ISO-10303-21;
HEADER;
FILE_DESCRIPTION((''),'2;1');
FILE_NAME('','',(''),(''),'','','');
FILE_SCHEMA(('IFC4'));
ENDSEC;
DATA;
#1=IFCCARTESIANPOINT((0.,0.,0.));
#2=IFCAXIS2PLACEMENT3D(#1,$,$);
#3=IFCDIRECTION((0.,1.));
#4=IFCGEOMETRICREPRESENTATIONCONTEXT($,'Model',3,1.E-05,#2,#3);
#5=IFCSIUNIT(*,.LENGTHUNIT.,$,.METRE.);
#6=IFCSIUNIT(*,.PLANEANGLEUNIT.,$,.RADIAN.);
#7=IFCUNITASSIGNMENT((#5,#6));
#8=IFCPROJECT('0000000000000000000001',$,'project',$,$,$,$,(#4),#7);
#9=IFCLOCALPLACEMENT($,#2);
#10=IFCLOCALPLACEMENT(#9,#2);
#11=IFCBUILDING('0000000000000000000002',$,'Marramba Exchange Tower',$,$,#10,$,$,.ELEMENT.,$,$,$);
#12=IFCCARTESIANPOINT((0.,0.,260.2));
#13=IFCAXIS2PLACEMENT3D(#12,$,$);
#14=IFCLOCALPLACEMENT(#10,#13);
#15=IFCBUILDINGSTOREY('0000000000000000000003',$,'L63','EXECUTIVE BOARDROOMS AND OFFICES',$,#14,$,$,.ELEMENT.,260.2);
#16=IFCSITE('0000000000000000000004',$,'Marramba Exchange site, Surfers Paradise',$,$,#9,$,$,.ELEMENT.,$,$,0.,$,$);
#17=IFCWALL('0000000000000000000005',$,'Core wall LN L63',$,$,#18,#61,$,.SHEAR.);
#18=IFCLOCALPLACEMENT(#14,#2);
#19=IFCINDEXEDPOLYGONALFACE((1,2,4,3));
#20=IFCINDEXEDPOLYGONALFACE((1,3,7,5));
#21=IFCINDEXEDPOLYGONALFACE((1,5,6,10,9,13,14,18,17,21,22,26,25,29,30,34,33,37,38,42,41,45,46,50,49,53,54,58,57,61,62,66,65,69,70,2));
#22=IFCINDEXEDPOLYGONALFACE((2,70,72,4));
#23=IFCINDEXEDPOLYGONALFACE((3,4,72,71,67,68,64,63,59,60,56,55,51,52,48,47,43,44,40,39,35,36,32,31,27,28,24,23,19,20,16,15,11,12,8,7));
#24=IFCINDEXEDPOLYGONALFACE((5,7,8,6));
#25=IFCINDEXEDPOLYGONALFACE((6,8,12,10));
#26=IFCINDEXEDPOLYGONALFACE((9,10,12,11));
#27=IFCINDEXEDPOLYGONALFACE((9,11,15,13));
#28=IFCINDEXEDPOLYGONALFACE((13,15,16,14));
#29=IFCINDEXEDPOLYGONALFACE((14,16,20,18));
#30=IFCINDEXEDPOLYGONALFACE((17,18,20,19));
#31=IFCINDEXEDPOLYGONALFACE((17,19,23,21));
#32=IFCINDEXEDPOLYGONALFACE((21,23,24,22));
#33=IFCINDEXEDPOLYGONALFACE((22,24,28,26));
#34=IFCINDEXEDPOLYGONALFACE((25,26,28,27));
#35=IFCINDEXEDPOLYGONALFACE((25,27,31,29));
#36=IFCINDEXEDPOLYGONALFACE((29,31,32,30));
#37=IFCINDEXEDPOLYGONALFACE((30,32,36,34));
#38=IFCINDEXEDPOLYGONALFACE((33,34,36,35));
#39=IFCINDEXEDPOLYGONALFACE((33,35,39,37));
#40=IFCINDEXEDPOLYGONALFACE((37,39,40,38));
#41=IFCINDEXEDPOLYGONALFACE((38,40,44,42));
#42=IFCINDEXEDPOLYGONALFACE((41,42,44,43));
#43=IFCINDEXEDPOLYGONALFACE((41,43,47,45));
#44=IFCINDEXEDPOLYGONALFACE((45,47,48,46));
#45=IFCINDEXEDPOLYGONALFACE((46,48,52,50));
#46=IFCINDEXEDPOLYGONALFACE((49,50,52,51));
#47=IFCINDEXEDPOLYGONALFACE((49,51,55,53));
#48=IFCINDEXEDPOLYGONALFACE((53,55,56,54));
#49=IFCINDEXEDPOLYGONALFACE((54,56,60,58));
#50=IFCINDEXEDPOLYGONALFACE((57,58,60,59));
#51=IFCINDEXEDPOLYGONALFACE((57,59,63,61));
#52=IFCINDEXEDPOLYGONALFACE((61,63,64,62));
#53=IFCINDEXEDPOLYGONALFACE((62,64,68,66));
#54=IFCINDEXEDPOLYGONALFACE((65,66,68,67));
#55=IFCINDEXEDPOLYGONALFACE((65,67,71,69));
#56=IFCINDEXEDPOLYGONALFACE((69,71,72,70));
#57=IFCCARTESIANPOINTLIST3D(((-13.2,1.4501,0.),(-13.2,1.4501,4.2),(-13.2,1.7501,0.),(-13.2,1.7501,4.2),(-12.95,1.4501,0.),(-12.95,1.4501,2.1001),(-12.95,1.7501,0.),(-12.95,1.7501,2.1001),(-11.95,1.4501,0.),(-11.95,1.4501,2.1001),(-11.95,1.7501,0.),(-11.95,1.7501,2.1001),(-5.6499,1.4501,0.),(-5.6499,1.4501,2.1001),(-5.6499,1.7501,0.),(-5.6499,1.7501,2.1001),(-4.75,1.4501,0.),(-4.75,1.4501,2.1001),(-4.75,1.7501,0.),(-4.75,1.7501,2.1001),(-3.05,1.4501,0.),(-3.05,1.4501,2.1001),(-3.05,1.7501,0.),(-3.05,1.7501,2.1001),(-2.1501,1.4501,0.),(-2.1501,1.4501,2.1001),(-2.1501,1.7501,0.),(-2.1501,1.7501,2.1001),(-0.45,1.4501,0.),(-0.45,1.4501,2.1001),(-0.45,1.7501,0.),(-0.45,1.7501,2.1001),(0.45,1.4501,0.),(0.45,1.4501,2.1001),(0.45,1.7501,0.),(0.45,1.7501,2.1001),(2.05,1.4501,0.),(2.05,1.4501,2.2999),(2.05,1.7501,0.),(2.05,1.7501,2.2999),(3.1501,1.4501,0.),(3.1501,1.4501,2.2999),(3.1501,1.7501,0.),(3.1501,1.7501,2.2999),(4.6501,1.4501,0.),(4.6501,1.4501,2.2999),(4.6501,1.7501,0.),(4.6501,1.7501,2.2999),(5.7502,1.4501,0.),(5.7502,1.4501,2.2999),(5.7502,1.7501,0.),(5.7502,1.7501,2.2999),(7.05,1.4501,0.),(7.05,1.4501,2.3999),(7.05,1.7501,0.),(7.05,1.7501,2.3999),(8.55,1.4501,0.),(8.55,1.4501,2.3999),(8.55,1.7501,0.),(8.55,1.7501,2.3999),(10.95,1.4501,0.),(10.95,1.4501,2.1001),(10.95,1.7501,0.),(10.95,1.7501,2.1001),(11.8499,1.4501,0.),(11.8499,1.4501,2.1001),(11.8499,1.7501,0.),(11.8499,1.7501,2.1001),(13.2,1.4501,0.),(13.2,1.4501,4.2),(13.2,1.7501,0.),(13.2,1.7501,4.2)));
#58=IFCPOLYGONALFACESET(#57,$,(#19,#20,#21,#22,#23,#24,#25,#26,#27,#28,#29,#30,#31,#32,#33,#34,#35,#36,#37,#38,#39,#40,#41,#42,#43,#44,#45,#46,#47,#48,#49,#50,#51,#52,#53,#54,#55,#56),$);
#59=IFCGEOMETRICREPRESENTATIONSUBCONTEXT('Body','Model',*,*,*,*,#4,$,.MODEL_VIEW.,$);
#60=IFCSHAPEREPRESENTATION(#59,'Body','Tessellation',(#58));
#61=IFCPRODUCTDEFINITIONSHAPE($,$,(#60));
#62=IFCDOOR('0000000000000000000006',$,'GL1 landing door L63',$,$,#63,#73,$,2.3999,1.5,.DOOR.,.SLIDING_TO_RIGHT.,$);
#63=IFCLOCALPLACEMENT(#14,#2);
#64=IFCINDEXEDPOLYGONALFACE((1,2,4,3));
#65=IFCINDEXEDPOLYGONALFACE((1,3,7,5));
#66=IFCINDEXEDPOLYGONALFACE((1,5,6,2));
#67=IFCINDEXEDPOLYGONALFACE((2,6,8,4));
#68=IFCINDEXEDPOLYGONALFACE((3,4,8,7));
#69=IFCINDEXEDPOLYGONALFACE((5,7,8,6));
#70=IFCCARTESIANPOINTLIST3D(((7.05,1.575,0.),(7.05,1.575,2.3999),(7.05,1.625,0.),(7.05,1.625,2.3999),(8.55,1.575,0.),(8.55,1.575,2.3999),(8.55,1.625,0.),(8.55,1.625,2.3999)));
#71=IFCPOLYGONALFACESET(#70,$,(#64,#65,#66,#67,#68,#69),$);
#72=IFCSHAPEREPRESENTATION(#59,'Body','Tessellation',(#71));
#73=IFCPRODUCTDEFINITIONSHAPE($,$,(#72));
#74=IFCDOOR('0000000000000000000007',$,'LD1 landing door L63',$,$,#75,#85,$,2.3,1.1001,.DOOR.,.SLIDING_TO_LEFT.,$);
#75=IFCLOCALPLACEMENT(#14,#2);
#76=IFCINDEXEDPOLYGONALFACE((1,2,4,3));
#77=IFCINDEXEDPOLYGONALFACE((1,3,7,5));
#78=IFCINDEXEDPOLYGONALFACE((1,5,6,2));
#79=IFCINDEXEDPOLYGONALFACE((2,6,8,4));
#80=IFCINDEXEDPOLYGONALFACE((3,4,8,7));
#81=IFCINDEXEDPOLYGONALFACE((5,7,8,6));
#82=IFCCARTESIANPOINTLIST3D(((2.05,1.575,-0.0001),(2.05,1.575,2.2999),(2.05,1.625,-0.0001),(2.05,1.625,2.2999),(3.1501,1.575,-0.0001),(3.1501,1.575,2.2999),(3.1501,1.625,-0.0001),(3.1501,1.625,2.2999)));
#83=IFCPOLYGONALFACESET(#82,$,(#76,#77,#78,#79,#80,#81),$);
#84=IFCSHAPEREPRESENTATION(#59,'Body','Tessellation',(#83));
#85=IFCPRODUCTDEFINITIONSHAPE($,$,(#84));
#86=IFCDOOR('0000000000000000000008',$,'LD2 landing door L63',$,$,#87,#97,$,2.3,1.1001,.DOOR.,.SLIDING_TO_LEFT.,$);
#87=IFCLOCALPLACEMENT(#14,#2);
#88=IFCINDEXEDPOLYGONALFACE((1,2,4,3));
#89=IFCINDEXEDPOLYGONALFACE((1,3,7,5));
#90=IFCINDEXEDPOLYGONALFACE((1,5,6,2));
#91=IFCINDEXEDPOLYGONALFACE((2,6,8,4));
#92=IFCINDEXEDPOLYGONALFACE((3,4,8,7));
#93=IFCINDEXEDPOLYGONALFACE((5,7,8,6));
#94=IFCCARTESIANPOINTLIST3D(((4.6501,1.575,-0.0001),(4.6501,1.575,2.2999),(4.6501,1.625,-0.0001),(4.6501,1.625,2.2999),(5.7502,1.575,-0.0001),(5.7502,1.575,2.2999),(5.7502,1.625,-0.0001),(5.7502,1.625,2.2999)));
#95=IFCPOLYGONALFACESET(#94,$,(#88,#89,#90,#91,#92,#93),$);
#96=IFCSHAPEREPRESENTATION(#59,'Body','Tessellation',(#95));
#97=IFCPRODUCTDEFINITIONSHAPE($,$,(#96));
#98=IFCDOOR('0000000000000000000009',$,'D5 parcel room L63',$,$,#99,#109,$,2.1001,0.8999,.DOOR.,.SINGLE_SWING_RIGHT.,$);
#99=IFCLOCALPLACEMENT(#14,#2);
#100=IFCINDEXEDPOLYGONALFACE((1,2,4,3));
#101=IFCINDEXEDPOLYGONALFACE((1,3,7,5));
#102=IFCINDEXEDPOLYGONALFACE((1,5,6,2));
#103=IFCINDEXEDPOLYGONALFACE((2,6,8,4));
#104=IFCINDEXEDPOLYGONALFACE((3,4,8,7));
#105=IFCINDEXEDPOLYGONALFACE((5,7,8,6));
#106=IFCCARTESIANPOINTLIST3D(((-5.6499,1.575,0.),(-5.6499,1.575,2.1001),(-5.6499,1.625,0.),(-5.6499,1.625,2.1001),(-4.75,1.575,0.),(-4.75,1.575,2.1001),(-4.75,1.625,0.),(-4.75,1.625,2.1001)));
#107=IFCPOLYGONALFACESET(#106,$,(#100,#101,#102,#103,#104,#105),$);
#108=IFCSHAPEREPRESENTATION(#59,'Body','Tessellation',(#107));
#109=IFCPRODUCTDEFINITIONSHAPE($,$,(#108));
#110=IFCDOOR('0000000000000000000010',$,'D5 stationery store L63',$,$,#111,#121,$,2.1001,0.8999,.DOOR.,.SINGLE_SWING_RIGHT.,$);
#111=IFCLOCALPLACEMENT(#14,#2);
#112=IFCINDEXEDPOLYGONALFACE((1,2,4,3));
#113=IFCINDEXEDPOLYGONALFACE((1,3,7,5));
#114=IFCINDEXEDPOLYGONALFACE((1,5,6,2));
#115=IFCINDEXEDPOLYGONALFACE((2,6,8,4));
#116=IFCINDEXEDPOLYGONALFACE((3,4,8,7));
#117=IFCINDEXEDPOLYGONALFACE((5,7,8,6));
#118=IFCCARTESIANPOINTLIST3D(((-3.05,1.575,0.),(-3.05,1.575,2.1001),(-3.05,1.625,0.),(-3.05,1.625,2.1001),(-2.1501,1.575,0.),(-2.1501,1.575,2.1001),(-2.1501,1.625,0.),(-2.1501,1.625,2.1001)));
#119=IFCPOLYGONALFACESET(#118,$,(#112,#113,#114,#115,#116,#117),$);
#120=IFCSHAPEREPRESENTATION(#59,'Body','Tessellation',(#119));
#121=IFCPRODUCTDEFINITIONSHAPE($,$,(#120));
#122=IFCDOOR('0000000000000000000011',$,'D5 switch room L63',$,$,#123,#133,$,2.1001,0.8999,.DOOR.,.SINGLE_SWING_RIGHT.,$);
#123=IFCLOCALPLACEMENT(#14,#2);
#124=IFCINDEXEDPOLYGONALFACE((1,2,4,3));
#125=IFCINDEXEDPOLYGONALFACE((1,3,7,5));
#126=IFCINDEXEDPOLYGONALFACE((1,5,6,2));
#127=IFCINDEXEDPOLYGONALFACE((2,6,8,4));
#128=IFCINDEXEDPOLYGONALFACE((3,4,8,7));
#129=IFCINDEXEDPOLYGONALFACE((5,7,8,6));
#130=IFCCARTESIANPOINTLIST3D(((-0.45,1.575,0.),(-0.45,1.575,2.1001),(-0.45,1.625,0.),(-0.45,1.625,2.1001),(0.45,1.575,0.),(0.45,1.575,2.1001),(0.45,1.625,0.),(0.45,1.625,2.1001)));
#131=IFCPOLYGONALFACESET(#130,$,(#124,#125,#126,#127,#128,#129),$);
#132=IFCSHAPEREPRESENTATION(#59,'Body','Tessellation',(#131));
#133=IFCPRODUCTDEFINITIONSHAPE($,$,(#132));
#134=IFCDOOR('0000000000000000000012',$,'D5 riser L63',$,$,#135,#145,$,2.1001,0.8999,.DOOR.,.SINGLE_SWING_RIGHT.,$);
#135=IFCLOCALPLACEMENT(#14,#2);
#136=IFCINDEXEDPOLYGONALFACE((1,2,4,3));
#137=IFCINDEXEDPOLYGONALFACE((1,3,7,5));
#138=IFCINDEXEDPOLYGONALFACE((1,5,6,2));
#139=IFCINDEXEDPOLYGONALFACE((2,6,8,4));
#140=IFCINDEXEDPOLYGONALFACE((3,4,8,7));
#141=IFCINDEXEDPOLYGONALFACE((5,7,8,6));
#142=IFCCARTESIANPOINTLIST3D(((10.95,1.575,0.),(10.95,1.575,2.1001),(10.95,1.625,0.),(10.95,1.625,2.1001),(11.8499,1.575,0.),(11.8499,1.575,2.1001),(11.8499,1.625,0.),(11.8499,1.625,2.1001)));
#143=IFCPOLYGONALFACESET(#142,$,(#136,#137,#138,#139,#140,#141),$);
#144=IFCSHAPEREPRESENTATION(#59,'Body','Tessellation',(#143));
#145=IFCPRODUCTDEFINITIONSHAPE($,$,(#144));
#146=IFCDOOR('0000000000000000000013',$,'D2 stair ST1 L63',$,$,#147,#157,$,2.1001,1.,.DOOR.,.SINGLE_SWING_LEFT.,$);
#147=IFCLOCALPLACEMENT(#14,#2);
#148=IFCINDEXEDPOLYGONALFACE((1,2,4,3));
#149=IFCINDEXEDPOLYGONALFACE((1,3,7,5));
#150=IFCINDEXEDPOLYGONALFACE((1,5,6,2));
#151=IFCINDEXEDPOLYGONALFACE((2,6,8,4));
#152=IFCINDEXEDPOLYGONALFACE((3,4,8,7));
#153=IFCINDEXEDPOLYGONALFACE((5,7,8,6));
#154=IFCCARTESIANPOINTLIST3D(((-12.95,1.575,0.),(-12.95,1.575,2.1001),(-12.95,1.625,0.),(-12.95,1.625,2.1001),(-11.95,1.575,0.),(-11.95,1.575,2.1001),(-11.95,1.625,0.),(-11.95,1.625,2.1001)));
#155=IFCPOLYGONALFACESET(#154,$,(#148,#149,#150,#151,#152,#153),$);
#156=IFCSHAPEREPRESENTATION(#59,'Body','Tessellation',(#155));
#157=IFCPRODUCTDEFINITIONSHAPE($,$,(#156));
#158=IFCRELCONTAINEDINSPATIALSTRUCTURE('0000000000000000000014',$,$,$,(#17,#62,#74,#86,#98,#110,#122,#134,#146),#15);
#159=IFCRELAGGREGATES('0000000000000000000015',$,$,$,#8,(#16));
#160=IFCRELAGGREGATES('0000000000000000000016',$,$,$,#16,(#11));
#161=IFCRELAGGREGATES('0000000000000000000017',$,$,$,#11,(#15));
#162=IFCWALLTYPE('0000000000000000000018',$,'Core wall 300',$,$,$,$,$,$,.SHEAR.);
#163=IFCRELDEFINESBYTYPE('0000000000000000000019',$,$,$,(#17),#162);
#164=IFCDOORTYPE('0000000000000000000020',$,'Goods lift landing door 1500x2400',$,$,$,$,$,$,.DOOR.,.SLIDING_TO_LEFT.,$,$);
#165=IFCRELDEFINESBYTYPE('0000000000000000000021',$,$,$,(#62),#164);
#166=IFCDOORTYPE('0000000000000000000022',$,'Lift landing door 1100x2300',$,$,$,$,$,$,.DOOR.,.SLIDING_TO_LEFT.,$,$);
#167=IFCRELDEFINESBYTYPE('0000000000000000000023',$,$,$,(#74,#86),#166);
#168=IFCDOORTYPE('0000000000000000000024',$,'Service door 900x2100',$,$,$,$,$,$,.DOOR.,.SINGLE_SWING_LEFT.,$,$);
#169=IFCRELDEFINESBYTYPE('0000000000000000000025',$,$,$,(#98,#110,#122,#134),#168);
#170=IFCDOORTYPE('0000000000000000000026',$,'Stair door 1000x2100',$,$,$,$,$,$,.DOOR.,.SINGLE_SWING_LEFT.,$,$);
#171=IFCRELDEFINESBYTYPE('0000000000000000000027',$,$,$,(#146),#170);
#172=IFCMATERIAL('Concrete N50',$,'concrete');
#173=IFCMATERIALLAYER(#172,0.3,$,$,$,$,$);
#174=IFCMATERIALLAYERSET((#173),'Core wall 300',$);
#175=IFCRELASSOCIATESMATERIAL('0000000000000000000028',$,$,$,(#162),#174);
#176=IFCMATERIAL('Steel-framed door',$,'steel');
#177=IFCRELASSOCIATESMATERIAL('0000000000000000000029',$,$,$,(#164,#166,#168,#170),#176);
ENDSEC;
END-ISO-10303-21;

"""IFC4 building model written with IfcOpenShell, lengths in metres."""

from ifc_helpers import new_model, si_unit, direction, frame, frame_2d, origin, place, context, subcontext, project, spatial, rectangle, extrude, material, layer, layer_set, type_object, element, fill, save


model = new_model("IFC4")

# Units and contexts
model_context = context("Model", 3, precision=1e-05, world=origin(), true_north=direction((0.0, 1.0)))
body_context = subcontext(model_context, "Body", "Model", "MODEL_VIEW")
ifc_project = project(units=[si_unit("LENGTHUNIT", "METRE"), si_unit("PLANEANGLEUNIT", "RADIAN")], contexts=[model_context])

# Site, building, storey
site_placement = place(None, origin())
site = spatial("IfcSite", under=ifc_project, at=site_placement, Name="Marramba Exchange site, Surfers Paradise", CompositionType="ELEMENT", RefElevation=0.0)
building_placement = place(site_placement, origin())
building = spatial("IfcBuilding", under=site, at=building_placement, Name="Marramba Exchange Tower", CompositionType="ELEMENT")
storey_placement = place(building_placement, frame((0.0, 0.0, 260.2)))
storey = spatial("IfcBuildingStorey", under=building, at=storey_placement, Name="L63", Description="EXECUTIVE BOARDROOMS AND OFFICES", CompositionType="ELEMENT", Elevation=260.2)

# Shared definitions
ifc_material_1 = material(Name="Concrete N50", Category="concrete")

# Wall, openings, doors
ifc_layer_1 = layer(ifc_material_1, 0.3)
ifc_layer_set_1 = layer_set([ifc_layer_1], Name="Core wall 300")
wall_type_1 = type_object("IfcWallType", Name="Core wall 300", PredefinedType="SHEAR", material=ifc_layer_set_1)
wall_1_placement = place(storey_placement, frame((-13.2, 1.6001, 0.0), z_axis=(0.0, 0.0, 1.0), x_axis=(1.0, 0.0, 0.0)))
wall_1 = element("IfcWall", 1, at=wall_1_placement, inside=storey, type_object=wall_type_1, Name="Core wall LN L63", PredefinedType="SHEAR", context=body_context, shape_type="SweptSolid", body=[
    extrude(rectangle(XDim=26.3999, YDim=0.3, at=frame_2d((13.2, 0.0))), origin(), (0.0, 0.0, 1.0), 4.2),
])
opening_1_placement = place(wall_1_placement, frame((0.25, 0.0, 0.0)))
opening_1 = element("IfcOpeningElement", 2, at=opening_1_placement, cuts=wall_1, PredefinedType="OPENING", context=body_context, shape_type="SweptSolid", body=[
    extrude(rectangle(XDim=1.0, YDim=2.1001, at=frame_2d((0.5, 1.05))), frame((0.0, 0.1599, 0.0), z_axis=(0.0, -1.0, 0.0), x_axis=(1.0, 0.0, 0.0)), (0.0, 0.0, 1.0), 0.3201),
])
opening_2_placement = place(wall_1_placement, frame((20.25, 0.0, 0.0)))
opening_2 = element("IfcOpeningElement", 3, at=opening_2_placement, cuts=wall_1, PredefinedType="OPENING", context=body_context, shape_type="SweptSolid", body=[
    extrude(rectangle(XDim=1.5, YDim=2.3999, at=frame_2d((0.75, 1.2))), frame((0.0, 0.1599, 0.0), z_axis=(0.0, -1.0, 0.0), x_axis=(1.0, 0.0, 0.0)), (0.0, 0.0, 1.0), 0.3201),
])
opening_3_placement = place(wall_1_placement, frame((7.55, 0.0, 0.0)))
opening_3 = element("IfcOpeningElement", 4, at=opening_3_placement, cuts=wall_1, PredefinedType="OPENING", context=body_context, shape_type="SweptSolid", body=[
    extrude(rectangle(XDim=0.8999, YDim=2.1001, at=frame_2d((0.45, 1.05))), frame((0.0, 0.1599, 0.0), z_axis=(0.0, -1.0, 0.0), x_axis=(1.0, 0.0, 0.0)), (0.0, 0.0, 1.0), 0.3201),
])
opening_4_placement = place(wall_1_placement, frame((10.1499, 0.0, 0.0)))
opening_4 = element("IfcOpeningElement", 5, at=opening_4_placement, cuts=wall_1, PredefinedType="OPENING", context=body_context, shape_type="SweptSolid", body=[
    extrude(rectangle(XDim=0.8999, YDim=2.1001, at=frame_2d((0.45, 1.05))), frame((0.0, 0.1599, 0.0), z_axis=(0.0, -1.0, 0.0), x_axis=(1.0, 0.0, 0.0)), (0.0, 0.0, 1.0), 0.3201),
])
opening_5_placement = place(wall_1_placement, frame((12.75, 0.0, 0.0)))
opening_5 = element("IfcOpeningElement", 6, at=opening_5_placement, cuts=wall_1, PredefinedType="OPENING", context=body_context, shape_type="SweptSolid", body=[
    extrude(rectangle(XDim=0.8999, YDim=2.1001, at=frame_2d((0.45, 1.05))), frame((0.0, 0.1599, 0.0), z_axis=(0.0, -1.0, 0.0), x_axis=(1.0, 0.0, 0.0)), (0.0, 0.0, 1.0), 0.3201),
])
opening_6_placement = place(wall_1_placement, frame((15.25, 0.0, 0.0)))
opening_6 = element("IfcOpeningElement", 7, at=opening_6_placement, cuts=wall_1, PredefinedType="OPENING", context=body_context, shape_type="SweptSolid", body=[
    extrude(rectangle(XDim=1.1001, YDim=2.3, at=frame_2d((0.55, 1.1499))), frame((0.0, 0.1599, 0.0), z_axis=(0.0, -1.0, 0.0), x_axis=(1.0, 0.0, 0.0)), (0.0, 0.0, 1.0), 0.3201),
])
opening_7_placement = place(wall_1_placement, frame((17.8501, 0.0, 0.0)))
opening_7 = element("IfcOpeningElement", 8, at=opening_7_placement, cuts=wall_1, PredefinedType="OPENING", context=body_context, shape_type="SweptSolid", body=[
    extrude(rectangle(XDim=1.1001, YDim=2.3, at=frame_2d((0.55, 1.1499))), frame((0.0, 0.1599, 0.0), z_axis=(0.0, -1.0, 0.0), x_axis=(1.0, 0.0, 0.0)), (0.0, 0.0, 1.0), 0.3201),
])
opening_8_placement = place(wall_1_placement, frame((24.1499, 0.0, 0.0)))
opening_8 = element("IfcOpeningElement", 9, at=opening_8_placement, cuts=wall_1, PredefinedType="OPENING", context=body_context, shape_type="SweptSolid", body=[
    extrude(rectangle(XDim=0.8999, YDim=2.1001, at=frame_2d((0.45, 1.05))), frame((0.0, 0.1599, 0.0), z_axis=(0.0, -1.0, 0.0), x_axis=(1.0, 0.0, 0.0)), (0.0, 0.0, 1.0), 0.3201),
])
ifc_material_2 = material(Name="Steel-framed door", Category="steel")
door_type_1 = type_object("IfcDoorType", Name="Goods lift landing door 1500x2400", OperationType="SLIDING_TO_LEFT", PredefinedType="DOOR", material=ifc_material_2)
door_1_placement = place(opening_2_placement, origin())
door_1 = element("IfcDoor", 10, at=door_1_placement, inside=storey, type_object=door_type_1, Name="GL1 landing door L63", OperationType="SLIDING_TO_RIGHT", OverallHeight=2.3999, OverallWidth=1.5, PredefinedType="DOOR", context=body_context, shape_type="SweptSolid", body=[
    extrude(rectangle(XDim=1.5, YDim=2.3999, at=frame_2d((0.75, 1.2))), frame((0.0, 0.0249, 0.0), z_axis=(0.0, -1.0, 0.0), x_axis=(1.0, 0.0, 0.0)), (0.0, 0.0, 1.0), 0.05),
])
fill(opening_2, door_1)
door_type_2 = type_object("IfcDoorType", Name="Lift landing door 1100x2300", OperationType="SLIDING_TO_LEFT", PredefinedType="DOOR", material=ifc_material_2)
door_2_placement = place(opening_6_placement, origin())
door_2 = element("IfcDoor", 11, at=door_2_placement, inside=storey, type_object=door_type_2, Name="LD1 landing door L63", OperationType="SLIDING_TO_LEFT", OverallHeight=2.3, OverallWidth=1.1001, PredefinedType="DOOR", context=body_context, shape_type="SweptSolid", body=[
    extrude(rectangle(XDim=1.1001, YDim=2.3, at=frame_2d((0.55, 1.1499))), frame((0.0, 0.0249, 0.0), z_axis=(0.0, -1.0, 0.0), x_axis=(1.0, 0.0, 0.0)), (0.0, 0.0, 1.0), 0.05),
])
fill(opening_6, door_2)
door_3_placement = place(opening_7_placement, origin())
door_3 = element("IfcDoor", 12, at=door_3_placement, inside=storey, type_object=door_type_2, Name="LD2 landing door L63", OperationType="SLIDING_TO_LEFT", OverallHeight=2.3, OverallWidth=1.1001, PredefinedType="DOOR", context=body_context, shape_type="SweptSolid", body=[
    extrude(rectangle(XDim=1.1001, YDim=2.3, at=frame_2d((0.55, 1.1499))), frame((0.0, 0.0249, 0.0), z_axis=(0.0, -1.0, 0.0), x_axis=(1.0, 0.0, 0.0)), (0.0, 0.0, 1.0), 0.05),
])
fill(opening_7, door_3)
door_type_3 = type_object("IfcDoorType", Name="Service door 900x2100", OperationType="SINGLE_SWING_LEFT", PredefinedType="DOOR", material=ifc_material_2)
door_4_placement = place(opening_3_placement, origin())
door_4 = element("IfcDoor", 13, at=door_4_placement, inside=storey, type_object=door_type_3, Name="D5 parcel room L63", OperationType="SINGLE_SWING_RIGHT", OverallHeight=2.1001, OverallWidth=0.8999, PredefinedType="DOOR", context=body_context, shape_type="SweptSolid", body=[
    extrude(rectangle(XDim=0.8999, YDim=2.1001, at=frame_2d((0.45, 1.05))), frame((0.0, 0.0249, 0.0), z_axis=(0.0, -1.0, 0.0), x_axis=(1.0, 0.0, 0.0)), (0.0, 0.0, 1.0), 0.05),
])
fill(opening_3, door_4)
door_5_placement = place(opening_4_placement, origin())
door_5 = element("IfcDoor", 14, at=door_5_placement, inside=storey, type_object=door_type_3, Name="D5 stationery store L63", OperationType="SINGLE_SWING_RIGHT", OverallHeight=2.1001, OverallWidth=0.8999, PredefinedType="DOOR", context=body_context, shape_type="SweptSolid", body=[
    extrude(rectangle(XDim=0.8999, YDim=2.1001, at=frame_2d((0.45, 1.05))), frame((0.0, 0.0249, 0.0), z_axis=(0.0, -1.0, 0.0), x_axis=(1.0, 0.0, 0.0)), (0.0, 0.0, 1.0), 0.05),
])
fill(opening_4, door_5)
door_6_placement = place(opening_5_placement, origin())
door_6 = element("IfcDoor", 15, at=door_6_placement, inside=storey, type_object=door_type_3, Name="D5 switch room L63", OperationType="SINGLE_SWING_RIGHT", OverallHeight=2.1001, OverallWidth=0.8999, PredefinedType="DOOR", context=body_context, shape_type="SweptSolid", body=[
    extrude(rectangle(XDim=0.8999, YDim=2.1001, at=frame_2d((0.45, 1.05))), frame((0.0, 0.0249, 0.0), z_axis=(0.0, -1.0, 0.0), x_axis=(1.0, 0.0, 0.0)), (0.0, 0.0, 1.0), 0.05),
])
fill(opening_5, door_6)
door_7_placement = place(opening_8_placement, origin())
door_7 = element("IfcDoor", 16, at=door_7_placement, inside=storey, type_object=door_type_3, Name="D5 riser L63", OperationType="SINGLE_SWING_RIGHT", OverallHeight=2.1001, OverallWidth=0.8999, PredefinedType="DOOR", context=body_context, shape_type="SweptSolid", body=[
    extrude(rectangle(XDim=0.8999, YDim=2.1001, at=frame_2d((0.45, 1.05))), frame((0.0, 0.0249, 0.0), z_axis=(0.0, -1.0, 0.0), x_axis=(1.0, 0.0, 0.0)), (0.0, 0.0, 1.0), 0.05),
])
fill(opening_8, door_7)
door_type_4 = type_object("IfcDoorType", Name="Stair door 1000x2100", OperationType="SINGLE_SWING_LEFT", PredefinedType="DOOR", material=ifc_material_2)
door_8_placement = place(opening_1_placement, origin())
door_8 = element("IfcDoor", 17, at=door_8_placement, inside=storey, type_object=door_type_4, Name="D2 stair ST1 L63", OperationType="SINGLE_SWING_LEFT", OverallHeight=2.1001, OverallWidth=1.0, PredefinedType="DOOR", context=body_context, shape_type="SweptSolid", body=[
    extrude(rectangle(XDim=1.0, YDim=2.1001, at=frame_2d((0.5, 1.05))), frame((0.0, 0.0249, 0.0), z_axis=(0.0, -1.0, 0.0), x_axis=(1.0, 0.0, 0.0)), (0.0, 0.0, 1.0), 0.05),
])
fill(opening_1, door_8)

save(model, "model.ifc")
